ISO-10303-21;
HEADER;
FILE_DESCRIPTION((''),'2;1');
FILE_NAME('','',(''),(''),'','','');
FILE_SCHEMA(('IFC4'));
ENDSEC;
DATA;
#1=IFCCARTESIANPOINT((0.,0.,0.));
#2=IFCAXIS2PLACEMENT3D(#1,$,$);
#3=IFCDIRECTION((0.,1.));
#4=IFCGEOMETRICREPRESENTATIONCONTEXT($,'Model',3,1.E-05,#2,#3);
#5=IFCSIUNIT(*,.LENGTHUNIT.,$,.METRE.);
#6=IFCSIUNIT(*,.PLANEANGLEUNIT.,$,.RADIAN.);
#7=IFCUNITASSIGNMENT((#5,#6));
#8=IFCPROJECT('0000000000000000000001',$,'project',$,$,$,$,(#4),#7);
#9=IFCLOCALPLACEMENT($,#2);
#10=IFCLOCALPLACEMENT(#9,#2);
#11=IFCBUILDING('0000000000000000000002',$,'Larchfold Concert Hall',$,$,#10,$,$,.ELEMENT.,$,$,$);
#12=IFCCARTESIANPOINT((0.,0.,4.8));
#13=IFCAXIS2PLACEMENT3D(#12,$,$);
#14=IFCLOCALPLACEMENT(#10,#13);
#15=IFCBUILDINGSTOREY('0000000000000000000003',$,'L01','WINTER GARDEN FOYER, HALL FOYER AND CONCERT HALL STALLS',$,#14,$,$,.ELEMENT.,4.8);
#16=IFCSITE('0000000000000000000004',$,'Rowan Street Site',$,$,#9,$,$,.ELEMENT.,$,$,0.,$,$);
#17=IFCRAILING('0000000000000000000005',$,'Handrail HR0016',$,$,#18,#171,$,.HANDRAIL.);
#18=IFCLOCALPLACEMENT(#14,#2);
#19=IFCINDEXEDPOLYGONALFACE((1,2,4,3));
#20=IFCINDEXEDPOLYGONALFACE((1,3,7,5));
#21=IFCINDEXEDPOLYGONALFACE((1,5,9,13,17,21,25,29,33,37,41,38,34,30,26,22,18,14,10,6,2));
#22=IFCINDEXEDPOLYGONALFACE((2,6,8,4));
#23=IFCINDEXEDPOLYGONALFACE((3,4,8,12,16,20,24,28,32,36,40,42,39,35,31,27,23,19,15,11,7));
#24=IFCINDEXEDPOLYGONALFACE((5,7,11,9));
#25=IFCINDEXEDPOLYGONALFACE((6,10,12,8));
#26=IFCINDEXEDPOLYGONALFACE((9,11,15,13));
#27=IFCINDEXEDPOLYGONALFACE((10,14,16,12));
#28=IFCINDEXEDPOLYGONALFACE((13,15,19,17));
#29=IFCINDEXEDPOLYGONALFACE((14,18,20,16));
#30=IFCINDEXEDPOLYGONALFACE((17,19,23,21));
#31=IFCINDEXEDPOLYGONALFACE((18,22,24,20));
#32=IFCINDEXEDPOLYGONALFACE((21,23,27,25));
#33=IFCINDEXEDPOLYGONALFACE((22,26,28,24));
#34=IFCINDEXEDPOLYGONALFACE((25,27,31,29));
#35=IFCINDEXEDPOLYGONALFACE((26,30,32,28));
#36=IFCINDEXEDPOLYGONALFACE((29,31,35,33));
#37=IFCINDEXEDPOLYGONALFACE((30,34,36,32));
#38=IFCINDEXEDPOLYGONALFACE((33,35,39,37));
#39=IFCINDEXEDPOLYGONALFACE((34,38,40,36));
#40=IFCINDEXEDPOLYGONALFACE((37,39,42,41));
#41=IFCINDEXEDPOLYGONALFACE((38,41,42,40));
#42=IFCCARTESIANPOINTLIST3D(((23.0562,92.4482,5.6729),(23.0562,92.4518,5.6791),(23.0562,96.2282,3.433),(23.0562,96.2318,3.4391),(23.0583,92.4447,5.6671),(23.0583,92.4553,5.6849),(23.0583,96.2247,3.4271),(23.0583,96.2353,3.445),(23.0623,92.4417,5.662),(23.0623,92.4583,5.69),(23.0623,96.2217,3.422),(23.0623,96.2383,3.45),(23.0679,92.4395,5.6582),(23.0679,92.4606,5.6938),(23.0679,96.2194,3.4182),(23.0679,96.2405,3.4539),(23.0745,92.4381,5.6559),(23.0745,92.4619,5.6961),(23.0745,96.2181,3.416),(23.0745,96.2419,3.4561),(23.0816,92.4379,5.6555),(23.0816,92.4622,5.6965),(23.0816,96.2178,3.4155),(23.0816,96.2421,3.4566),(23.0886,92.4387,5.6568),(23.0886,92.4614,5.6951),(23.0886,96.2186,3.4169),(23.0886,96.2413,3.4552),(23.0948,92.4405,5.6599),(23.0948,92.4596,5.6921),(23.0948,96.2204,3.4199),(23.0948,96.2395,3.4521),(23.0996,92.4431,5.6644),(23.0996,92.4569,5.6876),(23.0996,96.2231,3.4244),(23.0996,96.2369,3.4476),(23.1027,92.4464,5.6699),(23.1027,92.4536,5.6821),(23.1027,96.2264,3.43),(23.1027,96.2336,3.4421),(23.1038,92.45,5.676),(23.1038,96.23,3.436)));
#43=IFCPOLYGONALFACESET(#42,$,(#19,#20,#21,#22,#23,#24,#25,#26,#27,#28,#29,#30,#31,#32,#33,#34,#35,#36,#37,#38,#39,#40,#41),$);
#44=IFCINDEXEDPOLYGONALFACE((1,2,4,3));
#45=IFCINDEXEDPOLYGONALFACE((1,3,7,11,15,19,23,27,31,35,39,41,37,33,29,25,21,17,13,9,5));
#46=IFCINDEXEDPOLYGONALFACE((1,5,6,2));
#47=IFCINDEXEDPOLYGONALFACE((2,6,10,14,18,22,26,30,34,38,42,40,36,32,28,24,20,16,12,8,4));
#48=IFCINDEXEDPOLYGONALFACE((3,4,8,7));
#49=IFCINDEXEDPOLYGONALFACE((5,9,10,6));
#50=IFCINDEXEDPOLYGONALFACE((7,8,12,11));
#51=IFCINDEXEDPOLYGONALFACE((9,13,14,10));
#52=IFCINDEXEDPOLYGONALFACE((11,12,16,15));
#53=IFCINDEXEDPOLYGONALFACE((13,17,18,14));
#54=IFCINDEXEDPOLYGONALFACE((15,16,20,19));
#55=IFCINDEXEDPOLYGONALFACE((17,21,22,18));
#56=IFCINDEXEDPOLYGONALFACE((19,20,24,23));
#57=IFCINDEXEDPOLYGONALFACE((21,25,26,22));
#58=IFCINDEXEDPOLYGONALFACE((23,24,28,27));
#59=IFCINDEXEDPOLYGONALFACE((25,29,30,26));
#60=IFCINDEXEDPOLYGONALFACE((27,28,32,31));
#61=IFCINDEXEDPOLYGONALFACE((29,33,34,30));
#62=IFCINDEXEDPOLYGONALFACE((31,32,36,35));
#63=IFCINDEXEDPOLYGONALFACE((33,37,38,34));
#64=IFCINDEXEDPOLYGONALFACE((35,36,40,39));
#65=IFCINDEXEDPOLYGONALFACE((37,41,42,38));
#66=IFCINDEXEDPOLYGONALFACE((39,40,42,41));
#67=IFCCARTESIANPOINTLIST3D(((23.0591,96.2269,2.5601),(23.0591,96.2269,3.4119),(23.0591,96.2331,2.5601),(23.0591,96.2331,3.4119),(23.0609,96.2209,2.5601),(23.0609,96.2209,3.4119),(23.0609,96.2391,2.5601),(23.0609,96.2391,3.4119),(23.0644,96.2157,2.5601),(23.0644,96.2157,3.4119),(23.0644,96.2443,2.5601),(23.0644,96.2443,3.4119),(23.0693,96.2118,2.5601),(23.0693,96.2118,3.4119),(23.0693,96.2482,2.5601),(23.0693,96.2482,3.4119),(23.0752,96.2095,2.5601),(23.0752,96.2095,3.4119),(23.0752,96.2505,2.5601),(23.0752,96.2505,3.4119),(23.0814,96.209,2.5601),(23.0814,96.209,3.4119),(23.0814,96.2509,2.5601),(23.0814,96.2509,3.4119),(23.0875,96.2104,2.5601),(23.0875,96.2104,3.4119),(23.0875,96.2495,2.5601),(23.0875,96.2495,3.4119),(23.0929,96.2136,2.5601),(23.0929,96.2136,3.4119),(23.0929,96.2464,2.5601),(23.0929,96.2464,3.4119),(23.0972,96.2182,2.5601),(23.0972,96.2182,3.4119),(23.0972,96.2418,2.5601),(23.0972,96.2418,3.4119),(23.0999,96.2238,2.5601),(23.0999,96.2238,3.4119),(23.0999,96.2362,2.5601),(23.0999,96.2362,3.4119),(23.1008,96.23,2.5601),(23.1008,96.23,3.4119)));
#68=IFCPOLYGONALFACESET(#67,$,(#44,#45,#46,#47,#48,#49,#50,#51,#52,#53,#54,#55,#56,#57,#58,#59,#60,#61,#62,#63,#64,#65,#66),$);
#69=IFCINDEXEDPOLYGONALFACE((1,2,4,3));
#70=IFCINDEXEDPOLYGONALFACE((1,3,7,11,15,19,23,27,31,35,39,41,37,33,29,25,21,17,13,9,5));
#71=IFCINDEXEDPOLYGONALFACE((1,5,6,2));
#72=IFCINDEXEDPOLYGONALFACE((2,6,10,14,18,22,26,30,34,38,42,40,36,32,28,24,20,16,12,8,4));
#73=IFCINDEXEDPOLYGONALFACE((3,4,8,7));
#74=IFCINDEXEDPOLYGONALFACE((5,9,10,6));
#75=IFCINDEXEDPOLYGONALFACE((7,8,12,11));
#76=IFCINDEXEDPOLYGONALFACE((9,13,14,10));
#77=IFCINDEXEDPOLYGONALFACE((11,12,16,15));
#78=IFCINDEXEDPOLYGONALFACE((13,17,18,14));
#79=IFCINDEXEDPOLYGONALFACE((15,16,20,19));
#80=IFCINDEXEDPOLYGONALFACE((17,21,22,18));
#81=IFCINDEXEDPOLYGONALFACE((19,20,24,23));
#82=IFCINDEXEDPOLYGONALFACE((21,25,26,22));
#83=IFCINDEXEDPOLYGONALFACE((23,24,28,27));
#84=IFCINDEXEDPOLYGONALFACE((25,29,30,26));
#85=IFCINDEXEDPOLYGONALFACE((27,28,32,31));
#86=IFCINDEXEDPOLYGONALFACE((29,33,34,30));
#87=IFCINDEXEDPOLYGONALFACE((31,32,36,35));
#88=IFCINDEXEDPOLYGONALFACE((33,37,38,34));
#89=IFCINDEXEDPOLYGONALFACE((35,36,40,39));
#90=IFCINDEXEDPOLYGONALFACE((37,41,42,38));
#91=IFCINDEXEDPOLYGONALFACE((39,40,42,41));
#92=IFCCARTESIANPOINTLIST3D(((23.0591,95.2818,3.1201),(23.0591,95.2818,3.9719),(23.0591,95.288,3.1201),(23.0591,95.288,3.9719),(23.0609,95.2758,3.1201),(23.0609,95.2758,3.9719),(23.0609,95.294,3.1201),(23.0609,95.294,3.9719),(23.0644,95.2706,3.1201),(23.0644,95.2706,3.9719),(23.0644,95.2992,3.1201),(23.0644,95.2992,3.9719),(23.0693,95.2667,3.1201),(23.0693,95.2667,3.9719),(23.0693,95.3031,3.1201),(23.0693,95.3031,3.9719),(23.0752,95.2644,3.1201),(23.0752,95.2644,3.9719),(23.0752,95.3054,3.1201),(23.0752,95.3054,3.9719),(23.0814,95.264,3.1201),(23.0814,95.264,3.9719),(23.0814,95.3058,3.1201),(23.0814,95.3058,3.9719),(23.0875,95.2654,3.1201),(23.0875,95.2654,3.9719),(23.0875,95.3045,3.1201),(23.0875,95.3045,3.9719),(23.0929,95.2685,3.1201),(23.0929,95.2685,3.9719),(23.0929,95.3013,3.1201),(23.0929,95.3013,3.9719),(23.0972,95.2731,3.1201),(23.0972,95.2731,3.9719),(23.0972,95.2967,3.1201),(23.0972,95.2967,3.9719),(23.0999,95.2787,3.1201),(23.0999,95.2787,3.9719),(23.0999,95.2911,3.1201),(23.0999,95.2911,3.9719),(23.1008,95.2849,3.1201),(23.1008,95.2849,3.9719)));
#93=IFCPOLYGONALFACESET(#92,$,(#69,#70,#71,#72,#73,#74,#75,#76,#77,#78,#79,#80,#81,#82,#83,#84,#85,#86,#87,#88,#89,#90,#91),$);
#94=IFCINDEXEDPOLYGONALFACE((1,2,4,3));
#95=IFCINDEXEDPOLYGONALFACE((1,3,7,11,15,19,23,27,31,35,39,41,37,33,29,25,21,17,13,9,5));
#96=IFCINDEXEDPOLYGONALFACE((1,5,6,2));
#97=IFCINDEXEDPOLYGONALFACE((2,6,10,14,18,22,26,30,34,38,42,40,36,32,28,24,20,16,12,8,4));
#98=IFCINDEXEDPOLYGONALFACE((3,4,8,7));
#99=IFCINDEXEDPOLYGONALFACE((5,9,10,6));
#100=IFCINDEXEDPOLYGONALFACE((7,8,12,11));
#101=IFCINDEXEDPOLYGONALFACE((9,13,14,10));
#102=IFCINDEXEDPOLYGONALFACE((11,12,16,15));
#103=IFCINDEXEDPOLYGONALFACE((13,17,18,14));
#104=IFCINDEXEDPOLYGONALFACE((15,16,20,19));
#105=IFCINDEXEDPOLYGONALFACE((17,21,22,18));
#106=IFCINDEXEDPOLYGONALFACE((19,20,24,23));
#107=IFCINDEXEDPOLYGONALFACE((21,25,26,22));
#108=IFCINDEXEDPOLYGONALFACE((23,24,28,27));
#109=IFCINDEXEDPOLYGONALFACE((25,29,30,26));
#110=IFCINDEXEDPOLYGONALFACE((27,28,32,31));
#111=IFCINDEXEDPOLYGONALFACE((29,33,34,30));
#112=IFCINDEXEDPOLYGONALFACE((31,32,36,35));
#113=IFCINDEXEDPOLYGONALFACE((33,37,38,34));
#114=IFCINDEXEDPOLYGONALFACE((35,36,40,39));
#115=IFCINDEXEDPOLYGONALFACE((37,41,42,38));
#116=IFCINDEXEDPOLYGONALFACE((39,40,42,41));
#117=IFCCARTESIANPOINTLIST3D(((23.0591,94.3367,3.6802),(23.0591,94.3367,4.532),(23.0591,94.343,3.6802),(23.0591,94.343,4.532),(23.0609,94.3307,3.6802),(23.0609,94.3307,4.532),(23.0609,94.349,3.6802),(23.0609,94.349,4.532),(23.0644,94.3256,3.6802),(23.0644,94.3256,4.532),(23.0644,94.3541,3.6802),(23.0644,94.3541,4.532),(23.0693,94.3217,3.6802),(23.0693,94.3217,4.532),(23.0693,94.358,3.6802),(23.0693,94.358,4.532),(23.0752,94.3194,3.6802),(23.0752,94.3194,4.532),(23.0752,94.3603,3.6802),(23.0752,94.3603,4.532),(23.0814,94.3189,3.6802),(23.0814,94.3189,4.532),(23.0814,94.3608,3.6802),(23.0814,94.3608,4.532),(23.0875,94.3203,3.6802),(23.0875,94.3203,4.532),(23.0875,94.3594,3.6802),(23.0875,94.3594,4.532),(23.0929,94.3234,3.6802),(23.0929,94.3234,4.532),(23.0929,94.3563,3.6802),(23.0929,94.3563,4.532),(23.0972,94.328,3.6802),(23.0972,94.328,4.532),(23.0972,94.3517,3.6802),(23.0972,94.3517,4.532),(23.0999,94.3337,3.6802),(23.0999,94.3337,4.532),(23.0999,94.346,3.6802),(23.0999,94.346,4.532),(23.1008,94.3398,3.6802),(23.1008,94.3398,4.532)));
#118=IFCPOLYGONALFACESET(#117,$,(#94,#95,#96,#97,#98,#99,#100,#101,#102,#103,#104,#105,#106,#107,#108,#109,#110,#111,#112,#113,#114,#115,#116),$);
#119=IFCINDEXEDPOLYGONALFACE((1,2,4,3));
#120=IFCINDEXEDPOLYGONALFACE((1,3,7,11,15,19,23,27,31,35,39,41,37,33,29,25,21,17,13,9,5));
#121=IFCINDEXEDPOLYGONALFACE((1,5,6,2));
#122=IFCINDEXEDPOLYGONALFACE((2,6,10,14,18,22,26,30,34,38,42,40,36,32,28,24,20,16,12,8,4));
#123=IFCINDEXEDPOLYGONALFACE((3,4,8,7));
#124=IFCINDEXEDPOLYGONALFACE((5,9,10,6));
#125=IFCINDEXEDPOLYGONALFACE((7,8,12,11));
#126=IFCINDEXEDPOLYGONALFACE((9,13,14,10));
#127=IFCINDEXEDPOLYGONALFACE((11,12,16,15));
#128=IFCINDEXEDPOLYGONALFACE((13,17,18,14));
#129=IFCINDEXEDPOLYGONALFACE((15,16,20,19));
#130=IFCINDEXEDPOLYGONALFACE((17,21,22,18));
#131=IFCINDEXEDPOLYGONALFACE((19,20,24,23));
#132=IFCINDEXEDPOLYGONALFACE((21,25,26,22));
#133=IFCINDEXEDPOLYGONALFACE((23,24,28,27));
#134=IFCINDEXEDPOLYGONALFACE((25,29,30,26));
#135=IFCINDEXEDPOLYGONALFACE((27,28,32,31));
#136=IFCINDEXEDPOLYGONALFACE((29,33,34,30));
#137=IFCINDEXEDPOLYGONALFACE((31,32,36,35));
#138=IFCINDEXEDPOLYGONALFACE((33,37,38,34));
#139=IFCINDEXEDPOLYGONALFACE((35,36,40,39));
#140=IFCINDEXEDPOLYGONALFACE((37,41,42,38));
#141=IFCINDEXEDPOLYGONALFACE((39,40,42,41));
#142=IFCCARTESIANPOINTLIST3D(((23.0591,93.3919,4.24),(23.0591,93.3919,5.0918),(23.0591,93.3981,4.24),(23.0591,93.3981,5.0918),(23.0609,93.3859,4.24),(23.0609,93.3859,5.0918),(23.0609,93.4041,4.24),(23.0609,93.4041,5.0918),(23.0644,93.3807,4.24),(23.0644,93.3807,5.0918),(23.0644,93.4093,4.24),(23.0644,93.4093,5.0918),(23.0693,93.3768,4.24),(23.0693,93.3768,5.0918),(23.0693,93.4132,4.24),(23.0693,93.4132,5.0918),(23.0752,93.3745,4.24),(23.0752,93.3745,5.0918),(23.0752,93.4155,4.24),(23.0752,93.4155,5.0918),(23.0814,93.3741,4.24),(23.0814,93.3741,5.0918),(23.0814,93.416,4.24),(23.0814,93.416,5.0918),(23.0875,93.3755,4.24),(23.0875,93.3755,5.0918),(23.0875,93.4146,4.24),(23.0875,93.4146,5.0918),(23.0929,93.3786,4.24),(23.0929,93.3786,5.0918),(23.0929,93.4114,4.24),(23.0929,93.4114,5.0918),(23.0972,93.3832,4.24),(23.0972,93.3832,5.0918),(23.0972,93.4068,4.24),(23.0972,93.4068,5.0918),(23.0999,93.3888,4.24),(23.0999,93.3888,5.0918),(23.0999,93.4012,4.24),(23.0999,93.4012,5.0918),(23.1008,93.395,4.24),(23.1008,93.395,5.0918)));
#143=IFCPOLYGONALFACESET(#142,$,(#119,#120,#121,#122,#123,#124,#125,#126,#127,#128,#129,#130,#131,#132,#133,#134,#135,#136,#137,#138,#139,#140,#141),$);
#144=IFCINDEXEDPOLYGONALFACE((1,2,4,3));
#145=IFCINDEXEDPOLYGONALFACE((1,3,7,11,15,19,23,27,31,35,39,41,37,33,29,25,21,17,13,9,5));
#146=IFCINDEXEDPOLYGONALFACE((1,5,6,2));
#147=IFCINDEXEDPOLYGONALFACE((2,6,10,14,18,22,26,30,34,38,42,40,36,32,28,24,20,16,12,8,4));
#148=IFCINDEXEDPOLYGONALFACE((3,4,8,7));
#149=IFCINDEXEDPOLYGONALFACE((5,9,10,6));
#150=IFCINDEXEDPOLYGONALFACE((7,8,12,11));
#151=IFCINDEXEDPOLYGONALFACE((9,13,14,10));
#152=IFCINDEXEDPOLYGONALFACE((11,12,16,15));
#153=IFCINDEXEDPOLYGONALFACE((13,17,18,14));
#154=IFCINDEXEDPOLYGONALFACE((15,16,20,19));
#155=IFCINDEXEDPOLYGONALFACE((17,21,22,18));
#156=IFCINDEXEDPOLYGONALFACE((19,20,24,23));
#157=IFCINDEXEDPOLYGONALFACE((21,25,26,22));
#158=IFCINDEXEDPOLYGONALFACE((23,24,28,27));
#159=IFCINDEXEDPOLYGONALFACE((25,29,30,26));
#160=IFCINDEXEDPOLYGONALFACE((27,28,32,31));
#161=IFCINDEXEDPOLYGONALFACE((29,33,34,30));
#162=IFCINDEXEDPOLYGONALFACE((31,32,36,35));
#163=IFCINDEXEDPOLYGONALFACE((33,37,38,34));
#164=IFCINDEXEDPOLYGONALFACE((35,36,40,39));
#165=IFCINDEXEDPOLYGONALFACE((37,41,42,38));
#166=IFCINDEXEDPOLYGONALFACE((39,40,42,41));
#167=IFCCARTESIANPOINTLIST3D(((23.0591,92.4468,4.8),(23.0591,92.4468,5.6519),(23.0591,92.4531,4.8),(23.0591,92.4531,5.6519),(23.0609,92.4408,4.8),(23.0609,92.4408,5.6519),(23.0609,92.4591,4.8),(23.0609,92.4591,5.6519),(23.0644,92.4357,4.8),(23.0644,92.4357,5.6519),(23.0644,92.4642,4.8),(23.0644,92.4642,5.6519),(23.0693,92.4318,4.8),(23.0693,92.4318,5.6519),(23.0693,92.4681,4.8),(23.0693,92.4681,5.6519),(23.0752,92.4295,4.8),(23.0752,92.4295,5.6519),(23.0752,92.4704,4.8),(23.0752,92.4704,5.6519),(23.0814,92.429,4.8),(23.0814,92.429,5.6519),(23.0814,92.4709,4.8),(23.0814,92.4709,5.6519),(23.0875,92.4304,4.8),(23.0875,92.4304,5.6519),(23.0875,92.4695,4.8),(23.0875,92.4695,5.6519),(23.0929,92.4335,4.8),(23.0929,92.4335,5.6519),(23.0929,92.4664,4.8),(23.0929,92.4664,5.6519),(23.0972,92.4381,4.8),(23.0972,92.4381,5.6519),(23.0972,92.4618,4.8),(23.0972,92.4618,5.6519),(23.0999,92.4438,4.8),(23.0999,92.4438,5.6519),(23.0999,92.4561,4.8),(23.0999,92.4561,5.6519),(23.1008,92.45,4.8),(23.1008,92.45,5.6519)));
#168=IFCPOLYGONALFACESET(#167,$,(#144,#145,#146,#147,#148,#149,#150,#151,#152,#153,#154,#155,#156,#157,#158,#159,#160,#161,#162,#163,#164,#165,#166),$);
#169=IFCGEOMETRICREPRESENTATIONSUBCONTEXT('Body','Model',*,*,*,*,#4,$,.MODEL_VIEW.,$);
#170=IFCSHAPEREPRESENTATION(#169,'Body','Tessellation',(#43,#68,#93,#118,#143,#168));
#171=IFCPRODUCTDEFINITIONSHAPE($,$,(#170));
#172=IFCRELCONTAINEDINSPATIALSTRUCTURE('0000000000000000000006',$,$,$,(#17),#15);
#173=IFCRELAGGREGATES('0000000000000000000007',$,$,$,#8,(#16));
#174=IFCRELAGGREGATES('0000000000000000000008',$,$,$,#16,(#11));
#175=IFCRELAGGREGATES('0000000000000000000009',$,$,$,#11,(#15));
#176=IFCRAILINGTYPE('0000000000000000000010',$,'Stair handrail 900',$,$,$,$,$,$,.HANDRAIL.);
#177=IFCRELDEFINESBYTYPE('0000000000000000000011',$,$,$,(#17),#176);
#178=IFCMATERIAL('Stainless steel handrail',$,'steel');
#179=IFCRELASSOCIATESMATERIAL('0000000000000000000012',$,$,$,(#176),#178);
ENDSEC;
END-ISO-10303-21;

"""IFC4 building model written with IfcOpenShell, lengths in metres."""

from ifc_helpers import new_model, si_unit, direction, frame, origin, origin_2d, place, context, subcontext, project, spatial, circle, extrude, material, type_object, element, save


model = new_model("IFC4")

# Units and contexts
model_context = context("Model", 3, precision=1e-05, world=origin(), true_north=direction((0.0, 1.0)))
body_context = subcontext(model_context, "Body", "Model", "MODEL_VIEW")
ifc_project = project(units=[si_unit("LENGTHUNIT", "METRE"), si_unit("PLANEANGLEUNIT", "RADIAN")], contexts=[model_context])

# Site, building, storey
site_placement = place(None, origin())
site = spatial("IfcSite", under=ifc_project, at=site_placement, Name="Rowan Street Site", CompositionType="ELEMENT", RefElevation=0.0)
building_placement = place(site_placement, origin())
building = spatial("IfcBuilding", under=site, at=building_placement, Name="Larchfold Concert Hall", CompositionType="ELEMENT")
storey_placement = place(building_placement, frame((0.0, 0.0, 4.8)))
storey = spatial("IfcBuildingStorey", under=building, at=storey_placement, Name="L01", Description="WINTER GARDEN FOYER, HALL FOYER AND CONCERT HALL STALLS", CompositionType="ELEMENT", Elevation=4.8)

# Railing
ifc_material_1 = material(Name="Stainless steel handrail", Category="steel")
railing_type_1 = type_object("IfcRailingType", Name="Stair handrail 900", PredefinedType="HANDRAIL", material=ifc_material_1)
railing_1_placement = place(storey_placement, frame((23.0798, 96.23, 2.5601)))
element("IfcRailing", 1, at=railing_1_placement, inside=storey, type_object=railing_type_1, Name="Handrail HR0016", PredefinedType="HANDRAIL", context=body_context, shape_type="SweptSolid", body=[
    extrude(circle(Radius=0.0239, at=origin_2d()), frame((0.0, 0.0, 0.876), z_axis=(0.0, -0.860294, 0.509798), x_axis=(1.0, 0.0, 0.0)), (0.0, 0.0, 1.0), 4.3938),
    extrude(circle(Radius=0.021, at=origin_2d()), origin(), (0.0, 0.0, 1.0), 0.8518),
    extrude(circle(Radius=0.021, at=origin_2d()), frame((0.0, -0.9451, 0.5601)), (0.0, 0.0, 1.0), 0.8518),
    extrude(circle(Radius=0.021, at=origin_2d()), frame((0.0, -1.8901, 1.1201)), (0.0, 0.0, 1.0), 0.8518),
    extrude(circle(Radius=0.021, at=origin_2d()), frame((0.0, -2.835, 1.6799)), (0.0, 0.0, 1.0), 0.8518),
    extrude(circle(Radius=0.021, at=origin_2d()), frame((0.0, -3.78, 2.24)), (0.0, 0.0, 1.0), 0.8518),
])

save(model, "model.ifc")
